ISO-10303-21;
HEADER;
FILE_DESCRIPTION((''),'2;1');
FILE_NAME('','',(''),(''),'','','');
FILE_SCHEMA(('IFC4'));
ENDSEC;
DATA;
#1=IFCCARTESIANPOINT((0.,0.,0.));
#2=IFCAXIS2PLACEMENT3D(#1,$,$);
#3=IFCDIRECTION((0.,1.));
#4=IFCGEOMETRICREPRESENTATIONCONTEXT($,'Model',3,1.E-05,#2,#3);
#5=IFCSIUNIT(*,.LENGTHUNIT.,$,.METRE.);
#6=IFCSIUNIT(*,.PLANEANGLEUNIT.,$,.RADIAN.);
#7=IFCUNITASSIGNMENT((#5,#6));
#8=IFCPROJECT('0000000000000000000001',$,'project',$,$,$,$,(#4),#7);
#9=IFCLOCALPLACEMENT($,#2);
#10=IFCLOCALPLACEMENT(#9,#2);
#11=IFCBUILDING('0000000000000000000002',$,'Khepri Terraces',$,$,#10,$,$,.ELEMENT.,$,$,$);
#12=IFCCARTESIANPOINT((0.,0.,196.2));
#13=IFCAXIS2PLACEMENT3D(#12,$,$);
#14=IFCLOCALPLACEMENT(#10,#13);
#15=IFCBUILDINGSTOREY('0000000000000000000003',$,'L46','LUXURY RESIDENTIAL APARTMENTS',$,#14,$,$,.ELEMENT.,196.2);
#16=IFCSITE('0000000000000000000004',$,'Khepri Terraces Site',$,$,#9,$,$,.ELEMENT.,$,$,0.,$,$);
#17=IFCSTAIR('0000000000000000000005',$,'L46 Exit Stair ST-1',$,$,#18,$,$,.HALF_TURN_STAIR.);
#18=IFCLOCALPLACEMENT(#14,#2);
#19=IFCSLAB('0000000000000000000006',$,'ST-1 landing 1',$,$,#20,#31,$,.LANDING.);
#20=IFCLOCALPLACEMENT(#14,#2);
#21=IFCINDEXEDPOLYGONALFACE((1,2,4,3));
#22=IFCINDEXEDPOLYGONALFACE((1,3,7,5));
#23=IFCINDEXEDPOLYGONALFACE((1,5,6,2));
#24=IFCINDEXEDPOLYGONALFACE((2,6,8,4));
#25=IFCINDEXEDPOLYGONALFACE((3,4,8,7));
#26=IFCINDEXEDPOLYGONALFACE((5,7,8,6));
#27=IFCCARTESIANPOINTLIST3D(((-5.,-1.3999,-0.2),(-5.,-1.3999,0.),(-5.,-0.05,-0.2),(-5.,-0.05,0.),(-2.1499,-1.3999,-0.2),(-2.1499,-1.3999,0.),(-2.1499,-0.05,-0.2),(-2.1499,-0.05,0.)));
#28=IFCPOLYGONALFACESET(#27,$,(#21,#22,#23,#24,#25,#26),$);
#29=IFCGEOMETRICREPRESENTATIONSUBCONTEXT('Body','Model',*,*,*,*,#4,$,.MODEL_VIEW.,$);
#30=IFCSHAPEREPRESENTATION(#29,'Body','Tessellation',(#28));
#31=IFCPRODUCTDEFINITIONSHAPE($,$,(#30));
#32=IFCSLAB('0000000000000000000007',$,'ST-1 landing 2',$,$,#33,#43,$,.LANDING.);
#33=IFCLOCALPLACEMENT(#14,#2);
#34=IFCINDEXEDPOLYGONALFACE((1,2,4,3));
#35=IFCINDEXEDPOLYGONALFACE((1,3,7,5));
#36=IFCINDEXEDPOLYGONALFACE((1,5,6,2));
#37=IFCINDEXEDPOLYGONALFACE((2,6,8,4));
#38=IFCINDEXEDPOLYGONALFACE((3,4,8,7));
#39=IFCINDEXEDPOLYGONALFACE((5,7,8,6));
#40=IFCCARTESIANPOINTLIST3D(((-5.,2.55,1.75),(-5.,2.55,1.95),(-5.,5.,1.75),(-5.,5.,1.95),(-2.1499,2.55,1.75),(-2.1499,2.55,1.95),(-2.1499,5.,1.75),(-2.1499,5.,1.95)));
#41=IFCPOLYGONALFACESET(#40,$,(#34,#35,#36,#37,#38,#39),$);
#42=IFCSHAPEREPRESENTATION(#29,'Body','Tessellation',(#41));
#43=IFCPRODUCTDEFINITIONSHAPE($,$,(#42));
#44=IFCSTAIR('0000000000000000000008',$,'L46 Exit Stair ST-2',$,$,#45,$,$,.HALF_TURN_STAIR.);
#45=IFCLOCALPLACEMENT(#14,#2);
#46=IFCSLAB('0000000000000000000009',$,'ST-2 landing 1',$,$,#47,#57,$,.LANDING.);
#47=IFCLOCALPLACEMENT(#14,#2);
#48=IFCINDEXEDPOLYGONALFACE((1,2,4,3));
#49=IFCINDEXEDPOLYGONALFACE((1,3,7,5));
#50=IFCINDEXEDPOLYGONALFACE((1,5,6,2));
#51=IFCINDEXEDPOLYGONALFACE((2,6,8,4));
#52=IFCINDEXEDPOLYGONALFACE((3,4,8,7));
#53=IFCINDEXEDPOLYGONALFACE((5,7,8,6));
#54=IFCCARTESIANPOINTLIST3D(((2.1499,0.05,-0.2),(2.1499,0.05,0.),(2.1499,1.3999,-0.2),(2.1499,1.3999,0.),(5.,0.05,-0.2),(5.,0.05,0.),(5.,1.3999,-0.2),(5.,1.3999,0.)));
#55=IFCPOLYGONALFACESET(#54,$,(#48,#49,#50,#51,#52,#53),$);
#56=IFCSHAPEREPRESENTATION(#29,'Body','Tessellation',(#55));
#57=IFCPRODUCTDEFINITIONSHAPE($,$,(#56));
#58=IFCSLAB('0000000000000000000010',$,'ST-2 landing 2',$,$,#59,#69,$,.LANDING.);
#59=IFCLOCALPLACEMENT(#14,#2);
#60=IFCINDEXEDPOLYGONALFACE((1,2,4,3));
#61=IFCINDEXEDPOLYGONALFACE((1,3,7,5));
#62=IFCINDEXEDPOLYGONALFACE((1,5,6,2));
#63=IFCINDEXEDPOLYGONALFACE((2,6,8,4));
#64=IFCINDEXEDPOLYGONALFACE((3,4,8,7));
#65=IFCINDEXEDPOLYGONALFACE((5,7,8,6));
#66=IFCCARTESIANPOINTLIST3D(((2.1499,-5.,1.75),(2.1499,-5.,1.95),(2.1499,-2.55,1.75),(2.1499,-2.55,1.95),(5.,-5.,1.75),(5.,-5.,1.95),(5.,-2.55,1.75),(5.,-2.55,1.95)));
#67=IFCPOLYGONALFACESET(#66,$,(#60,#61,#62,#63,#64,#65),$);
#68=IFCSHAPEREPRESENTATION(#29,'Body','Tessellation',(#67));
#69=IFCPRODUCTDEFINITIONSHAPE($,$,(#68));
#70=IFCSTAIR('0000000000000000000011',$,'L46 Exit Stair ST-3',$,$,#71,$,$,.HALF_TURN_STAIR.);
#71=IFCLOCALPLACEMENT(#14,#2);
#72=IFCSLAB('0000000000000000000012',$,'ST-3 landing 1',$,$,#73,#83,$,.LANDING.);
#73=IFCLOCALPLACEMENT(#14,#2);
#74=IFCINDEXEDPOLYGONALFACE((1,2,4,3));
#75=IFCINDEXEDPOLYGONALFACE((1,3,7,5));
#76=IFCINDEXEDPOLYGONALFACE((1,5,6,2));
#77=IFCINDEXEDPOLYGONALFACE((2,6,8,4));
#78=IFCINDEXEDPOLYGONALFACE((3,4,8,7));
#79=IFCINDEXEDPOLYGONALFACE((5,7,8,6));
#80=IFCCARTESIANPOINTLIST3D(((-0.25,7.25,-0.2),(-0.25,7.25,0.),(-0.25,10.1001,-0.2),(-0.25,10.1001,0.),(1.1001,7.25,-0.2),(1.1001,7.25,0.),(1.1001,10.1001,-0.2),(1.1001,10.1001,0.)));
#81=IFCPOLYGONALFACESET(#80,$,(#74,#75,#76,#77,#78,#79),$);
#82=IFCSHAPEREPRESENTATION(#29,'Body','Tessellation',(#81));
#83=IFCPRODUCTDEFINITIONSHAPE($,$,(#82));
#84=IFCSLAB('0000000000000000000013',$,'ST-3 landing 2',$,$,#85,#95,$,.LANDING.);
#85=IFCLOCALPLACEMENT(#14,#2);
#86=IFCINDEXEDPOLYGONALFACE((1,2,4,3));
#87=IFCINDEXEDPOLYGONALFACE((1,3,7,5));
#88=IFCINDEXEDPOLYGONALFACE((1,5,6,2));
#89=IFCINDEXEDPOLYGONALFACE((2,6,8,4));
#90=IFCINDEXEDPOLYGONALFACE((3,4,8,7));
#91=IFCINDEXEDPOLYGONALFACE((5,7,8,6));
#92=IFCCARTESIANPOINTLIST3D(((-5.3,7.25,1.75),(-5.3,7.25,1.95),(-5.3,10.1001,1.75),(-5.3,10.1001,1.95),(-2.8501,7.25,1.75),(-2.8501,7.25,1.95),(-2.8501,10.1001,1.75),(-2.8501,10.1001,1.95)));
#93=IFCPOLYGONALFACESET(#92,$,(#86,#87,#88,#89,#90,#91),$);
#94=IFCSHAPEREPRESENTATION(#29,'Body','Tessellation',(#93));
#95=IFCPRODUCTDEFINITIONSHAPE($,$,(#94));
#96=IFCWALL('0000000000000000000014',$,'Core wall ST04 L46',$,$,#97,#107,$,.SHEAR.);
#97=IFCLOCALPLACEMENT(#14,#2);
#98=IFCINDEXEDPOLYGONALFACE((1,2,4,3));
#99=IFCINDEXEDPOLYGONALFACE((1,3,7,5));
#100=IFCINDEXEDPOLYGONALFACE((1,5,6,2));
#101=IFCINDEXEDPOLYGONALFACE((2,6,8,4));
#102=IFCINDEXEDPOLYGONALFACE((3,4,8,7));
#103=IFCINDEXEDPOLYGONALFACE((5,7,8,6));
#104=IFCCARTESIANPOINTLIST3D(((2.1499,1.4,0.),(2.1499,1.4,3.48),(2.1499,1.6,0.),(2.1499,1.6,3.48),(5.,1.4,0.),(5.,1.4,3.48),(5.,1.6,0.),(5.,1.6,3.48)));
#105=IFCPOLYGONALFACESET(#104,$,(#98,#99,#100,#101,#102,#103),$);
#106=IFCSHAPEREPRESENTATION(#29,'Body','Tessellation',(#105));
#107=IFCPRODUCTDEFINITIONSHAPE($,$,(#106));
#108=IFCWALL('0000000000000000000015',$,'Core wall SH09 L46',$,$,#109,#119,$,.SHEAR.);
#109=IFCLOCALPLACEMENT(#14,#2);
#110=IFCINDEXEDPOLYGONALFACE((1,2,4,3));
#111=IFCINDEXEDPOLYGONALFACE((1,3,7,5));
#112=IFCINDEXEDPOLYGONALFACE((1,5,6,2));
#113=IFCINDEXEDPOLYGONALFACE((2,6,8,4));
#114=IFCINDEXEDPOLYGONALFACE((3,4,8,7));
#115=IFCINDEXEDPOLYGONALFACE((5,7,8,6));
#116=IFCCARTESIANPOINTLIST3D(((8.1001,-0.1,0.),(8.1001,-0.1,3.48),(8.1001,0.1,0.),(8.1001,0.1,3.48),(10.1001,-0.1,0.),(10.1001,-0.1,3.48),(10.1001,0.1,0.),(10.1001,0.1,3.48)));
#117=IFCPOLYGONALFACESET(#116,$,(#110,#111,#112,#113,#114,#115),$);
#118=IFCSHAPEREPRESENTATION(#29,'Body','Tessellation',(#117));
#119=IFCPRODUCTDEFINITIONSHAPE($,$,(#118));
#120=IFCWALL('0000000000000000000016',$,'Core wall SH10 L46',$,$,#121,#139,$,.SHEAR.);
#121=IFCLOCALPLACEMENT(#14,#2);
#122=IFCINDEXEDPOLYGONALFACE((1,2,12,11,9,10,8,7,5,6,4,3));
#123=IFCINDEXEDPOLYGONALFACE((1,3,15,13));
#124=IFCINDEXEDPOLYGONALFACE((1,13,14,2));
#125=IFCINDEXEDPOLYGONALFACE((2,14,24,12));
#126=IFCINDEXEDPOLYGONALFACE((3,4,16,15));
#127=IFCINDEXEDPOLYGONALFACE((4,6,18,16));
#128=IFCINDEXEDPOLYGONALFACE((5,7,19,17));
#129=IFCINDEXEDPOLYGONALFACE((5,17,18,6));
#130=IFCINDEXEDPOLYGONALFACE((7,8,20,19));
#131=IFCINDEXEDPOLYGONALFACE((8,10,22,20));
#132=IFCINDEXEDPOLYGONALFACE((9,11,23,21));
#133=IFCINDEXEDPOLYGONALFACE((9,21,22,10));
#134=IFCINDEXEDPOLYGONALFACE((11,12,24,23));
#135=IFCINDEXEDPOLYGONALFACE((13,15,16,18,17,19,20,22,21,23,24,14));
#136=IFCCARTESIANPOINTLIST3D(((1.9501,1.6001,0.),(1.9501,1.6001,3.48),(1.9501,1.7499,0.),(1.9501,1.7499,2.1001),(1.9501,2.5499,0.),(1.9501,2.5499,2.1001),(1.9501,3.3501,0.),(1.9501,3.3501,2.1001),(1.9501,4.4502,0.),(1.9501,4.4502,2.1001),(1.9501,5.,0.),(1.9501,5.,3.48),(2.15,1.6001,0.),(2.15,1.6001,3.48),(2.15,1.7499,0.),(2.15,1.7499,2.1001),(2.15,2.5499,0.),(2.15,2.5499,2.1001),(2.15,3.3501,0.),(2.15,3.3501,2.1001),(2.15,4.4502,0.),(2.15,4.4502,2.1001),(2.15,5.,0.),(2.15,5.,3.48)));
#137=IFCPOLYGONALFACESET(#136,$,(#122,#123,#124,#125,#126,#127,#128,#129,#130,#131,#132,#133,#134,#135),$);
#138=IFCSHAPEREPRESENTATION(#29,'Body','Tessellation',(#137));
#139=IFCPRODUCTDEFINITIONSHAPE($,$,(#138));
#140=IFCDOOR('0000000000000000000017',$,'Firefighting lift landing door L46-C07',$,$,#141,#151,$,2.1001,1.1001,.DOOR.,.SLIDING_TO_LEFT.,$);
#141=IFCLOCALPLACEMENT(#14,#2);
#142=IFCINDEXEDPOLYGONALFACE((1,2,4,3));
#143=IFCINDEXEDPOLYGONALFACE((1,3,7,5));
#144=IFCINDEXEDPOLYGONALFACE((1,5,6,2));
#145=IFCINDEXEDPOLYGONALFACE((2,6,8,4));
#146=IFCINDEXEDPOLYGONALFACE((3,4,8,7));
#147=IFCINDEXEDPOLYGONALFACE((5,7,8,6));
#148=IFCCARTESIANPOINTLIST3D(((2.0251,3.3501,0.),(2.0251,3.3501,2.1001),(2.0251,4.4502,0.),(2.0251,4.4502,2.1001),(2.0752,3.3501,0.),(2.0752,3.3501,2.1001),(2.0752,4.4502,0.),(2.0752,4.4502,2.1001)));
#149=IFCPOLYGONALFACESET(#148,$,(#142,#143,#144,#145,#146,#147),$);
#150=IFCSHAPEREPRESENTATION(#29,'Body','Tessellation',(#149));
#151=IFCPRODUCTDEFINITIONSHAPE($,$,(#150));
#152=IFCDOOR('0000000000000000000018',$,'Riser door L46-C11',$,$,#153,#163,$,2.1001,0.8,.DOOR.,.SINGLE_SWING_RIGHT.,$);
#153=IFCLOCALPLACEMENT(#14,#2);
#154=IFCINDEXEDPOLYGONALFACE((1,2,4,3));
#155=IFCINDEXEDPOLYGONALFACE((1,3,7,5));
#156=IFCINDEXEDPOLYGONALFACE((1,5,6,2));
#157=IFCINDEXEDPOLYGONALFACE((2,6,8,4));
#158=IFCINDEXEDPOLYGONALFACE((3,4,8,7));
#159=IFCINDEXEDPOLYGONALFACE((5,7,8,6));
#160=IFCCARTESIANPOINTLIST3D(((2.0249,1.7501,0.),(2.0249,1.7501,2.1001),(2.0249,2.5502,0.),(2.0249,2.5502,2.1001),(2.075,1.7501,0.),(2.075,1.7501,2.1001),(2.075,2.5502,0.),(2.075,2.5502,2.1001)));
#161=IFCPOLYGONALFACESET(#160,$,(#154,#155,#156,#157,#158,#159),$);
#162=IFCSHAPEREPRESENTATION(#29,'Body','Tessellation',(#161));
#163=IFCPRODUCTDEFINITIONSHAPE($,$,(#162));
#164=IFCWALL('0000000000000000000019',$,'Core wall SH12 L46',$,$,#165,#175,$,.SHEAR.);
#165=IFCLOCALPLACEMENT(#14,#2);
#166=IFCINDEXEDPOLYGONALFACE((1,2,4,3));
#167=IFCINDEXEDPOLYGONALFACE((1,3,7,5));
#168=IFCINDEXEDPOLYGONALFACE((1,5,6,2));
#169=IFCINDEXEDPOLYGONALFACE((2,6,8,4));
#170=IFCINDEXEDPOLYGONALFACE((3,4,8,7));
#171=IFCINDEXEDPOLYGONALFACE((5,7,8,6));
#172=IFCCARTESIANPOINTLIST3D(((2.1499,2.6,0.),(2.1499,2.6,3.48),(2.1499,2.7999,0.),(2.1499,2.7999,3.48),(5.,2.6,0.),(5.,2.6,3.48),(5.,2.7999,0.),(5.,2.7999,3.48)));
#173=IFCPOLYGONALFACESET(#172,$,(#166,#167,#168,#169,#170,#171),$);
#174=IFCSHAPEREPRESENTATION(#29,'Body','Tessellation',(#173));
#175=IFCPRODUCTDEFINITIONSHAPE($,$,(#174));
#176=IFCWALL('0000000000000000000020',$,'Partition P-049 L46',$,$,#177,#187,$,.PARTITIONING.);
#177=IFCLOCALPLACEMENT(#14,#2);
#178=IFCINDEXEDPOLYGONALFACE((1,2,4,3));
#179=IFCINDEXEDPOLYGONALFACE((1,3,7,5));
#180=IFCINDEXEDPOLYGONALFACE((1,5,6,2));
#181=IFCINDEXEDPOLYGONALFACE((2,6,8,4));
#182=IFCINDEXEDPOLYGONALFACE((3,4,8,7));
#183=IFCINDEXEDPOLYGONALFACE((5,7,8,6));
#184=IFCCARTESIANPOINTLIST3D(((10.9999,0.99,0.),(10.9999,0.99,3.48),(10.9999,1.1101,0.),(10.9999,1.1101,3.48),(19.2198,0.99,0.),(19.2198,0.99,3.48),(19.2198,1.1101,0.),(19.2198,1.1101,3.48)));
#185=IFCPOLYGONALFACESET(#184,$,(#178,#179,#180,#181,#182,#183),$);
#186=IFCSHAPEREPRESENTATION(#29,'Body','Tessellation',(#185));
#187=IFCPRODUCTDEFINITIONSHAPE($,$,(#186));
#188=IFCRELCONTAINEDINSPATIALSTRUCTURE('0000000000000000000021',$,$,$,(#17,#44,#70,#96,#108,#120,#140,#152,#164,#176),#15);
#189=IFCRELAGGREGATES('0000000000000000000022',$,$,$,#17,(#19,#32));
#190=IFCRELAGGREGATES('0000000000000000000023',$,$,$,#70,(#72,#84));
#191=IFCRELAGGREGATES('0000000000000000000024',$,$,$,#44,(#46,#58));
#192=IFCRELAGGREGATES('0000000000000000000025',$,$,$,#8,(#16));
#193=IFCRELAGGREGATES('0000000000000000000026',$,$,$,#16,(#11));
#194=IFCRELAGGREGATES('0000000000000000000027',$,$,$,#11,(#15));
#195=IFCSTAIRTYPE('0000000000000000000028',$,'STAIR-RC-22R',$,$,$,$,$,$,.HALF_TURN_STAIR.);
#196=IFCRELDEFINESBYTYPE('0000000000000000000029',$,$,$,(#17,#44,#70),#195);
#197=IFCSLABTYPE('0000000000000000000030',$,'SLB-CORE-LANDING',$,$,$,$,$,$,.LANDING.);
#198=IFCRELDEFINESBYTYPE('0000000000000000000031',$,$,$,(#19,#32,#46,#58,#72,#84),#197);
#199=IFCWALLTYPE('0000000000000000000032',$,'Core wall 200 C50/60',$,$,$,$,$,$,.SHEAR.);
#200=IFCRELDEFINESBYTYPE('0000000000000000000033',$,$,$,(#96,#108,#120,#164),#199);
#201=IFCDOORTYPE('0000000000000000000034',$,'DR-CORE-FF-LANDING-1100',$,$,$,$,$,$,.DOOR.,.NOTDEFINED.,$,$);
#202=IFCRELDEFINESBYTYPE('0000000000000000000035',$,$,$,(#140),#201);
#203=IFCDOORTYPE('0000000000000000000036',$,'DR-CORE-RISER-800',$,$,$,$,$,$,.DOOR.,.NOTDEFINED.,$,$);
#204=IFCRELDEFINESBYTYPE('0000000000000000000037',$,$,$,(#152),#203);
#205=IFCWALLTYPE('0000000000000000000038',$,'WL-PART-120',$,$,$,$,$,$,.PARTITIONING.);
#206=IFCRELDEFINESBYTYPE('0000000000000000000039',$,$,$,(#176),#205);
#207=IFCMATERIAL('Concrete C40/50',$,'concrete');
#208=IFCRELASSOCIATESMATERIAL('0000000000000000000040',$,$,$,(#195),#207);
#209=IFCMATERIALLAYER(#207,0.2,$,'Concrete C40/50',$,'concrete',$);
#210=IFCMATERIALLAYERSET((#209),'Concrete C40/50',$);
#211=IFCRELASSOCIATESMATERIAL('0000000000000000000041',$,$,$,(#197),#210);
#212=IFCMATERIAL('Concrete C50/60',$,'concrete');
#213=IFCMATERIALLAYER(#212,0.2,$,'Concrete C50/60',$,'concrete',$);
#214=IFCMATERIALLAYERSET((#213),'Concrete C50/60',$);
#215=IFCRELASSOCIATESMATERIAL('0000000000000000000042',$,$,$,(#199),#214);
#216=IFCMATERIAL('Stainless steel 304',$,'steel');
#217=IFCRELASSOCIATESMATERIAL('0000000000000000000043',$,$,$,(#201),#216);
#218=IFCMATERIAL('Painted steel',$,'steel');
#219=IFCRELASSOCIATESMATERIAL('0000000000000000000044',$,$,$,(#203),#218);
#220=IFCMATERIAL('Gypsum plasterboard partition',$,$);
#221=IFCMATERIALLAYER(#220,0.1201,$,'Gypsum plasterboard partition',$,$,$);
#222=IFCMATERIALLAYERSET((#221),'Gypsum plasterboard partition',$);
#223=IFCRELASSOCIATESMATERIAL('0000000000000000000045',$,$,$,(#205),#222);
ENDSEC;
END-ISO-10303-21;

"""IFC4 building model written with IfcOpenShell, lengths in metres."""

from ifc_helpers import new_model, si_unit, direction, frame, frame_2d, origin, place, context, subcontext, project, spatial, polyline, rectangle, outline, extrude, material, layer, layer_set, type_object, element, fill, aggregate, save


model = new_model("IFC4")

# Units and contexts
model_context = context("Model", 3, precision=1e-05, world=origin(), true_north=direction((0.0, 1.0)))
body_context = subcontext(model_context, "Body", "Model", "MODEL_VIEW")
ifc_project = project(units=[si_unit("LENGTHUNIT", "METRE"), si_unit("PLANEANGLEUNIT", "RADIAN")], contexts=[model_context])

# Site, building, storey
site_placement = place(None, origin())
site = spatial("IfcSite", under=ifc_project, at=site_placement, Name="Khepri Terraces Site", CompositionType="ELEMENT", RefElevation=0.0)
building_placement = place(site_placement, origin())
building = spatial("IfcBuilding", under=site, at=building_placement, Name="Khepri Terraces", CompositionType="ELEMENT")
storey_placement = place(building_placement, frame((0.0, 0.0, 196.2)))
storey = spatial("IfcBuildingStorey", under=building, at=storey_placement, Name="L46", Description="LUXURY RESIDENTIAL APARTMENTS", CompositionType="ELEMENT", Elevation=196.2)

# Stairs, slabs
ifc_material_1 = material(Name="Concrete C40/50", Category="concrete")
stair_type = type_object("IfcStairType", Name="STAIR-RC-22R", PredefinedType="HALF_TURN_STAIR", material=ifc_material_1)
stair_1_placement = place(storey_placement, origin())
stair_1 = element("IfcStair", 1, at=stair_1_placement, inside=storey, type_object=stair_type, Name="L46 Exit Stair ST-1", PredefinedType="HALF_TURN_STAIR")
ifc_layer_1 = layer(ifc_material_1, 0.2, Name="Concrete C40/50", Category="concrete")
ifc_layer_set_1 = layer_set([ifc_layer_1], Name="Concrete C40/50")
slab_type = type_object("IfcSlabType", Name="SLB-CORE-LANDING", PredefinedType="LANDING", material=ifc_layer_set_1)
slab_1_placement = place(storey_placement, frame((0.0, 0.0, -0.2)))
slab_1 = element("IfcSlab", 2, at=slab_1_placement, type_object=slab_type, Name="ST-1 landing 1", PredefinedType="LANDING", context=body_context, shape_type="SweptSolid", body=[
    extrude(outline(polyline([(-2.1499, -1.3999), (-2.1499, -0.05), (-5.0, -0.05), (-5.0, -1.3999), (-2.1499, -1.3999)])), origin(), (0.0, 0.0, 1.0), 0.2),
])
slab_2_placement = place(storey_placement, frame((0.0, 0.0, 1.75)))
slab_2 = element("IfcSlab", 3, at=slab_2_placement, type_object=slab_type, Name="ST-1 landing 2", PredefinedType="LANDING", context=body_context, shape_type="SweptSolid", body=[
    extrude(outline(polyline([(-2.1499, 2.55), (-2.1499, 5.0), (-5.0, 5.0), (-5.0, 2.55), (-2.1499, 2.55)])), origin(), (0.0, 0.0, 1.0), 0.2),
])
aggregate(stair_1, [slab_1, slab_2])
stair_2_placement = place(storey_placement, origin())
stair_2 = element("IfcStair", 4, at=stair_2_placement, inside=storey, type_object=stair_type, Name="L46 Exit Stair ST-2", PredefinedType="HALF_TURN_STAIR")
slab_3_placement = place(storey_placement, frame((0.0, 0.0, -0.2)))
slab_3 = element("IfcSlab", 5, at=slab_3_placement, type_object=slab_type, Name="ST-2 landing 1", PredefinedType="LANDING", context=body_context, shape_type="SweptSolid", body=[
    extrude(outline(polyline([(2.1499, 1.3999), (2.1499, 0.05), (5.0, 0.05), (5.0, 1.3999), (2.1499, 1.3999)])), origin(), (0.0, 0.0, 1.0), 0.2),
])
slab_4_placement = place(storey_placement, frame((0.0, 0.0, 1.75)))
slab_4 = element("IfcSlab", 6, at=slab_4_placement, type_object=slab_type, Name="ST-2 landing 2", PredefinedType="LANDING", context=body_context, shape_type="SweptSolid", body=[
    extrude(outline(polyline([(2.1499, -2.55), (2.1499, -5.0), (5.0, -5.0), (5.0, -2.55), (2.1499, -2.55)])), origin(), (0.0, 0.0, 1.0), 0.2),
])
stair_3_placement = place(storey_placement, origin())
stair_3 = element("IfcStair", 7, at=stair_3_placement, inside=storey, type_object=stair_type, Name="L46 Exit Stair ST-3", PredefinedType="HALF_TURN_STAIR")
slab_5_placement = place(storey_placement, frame((0.0, 0.0, -0.2)))
slab_5 = element("IfcSlab", 8, at=slab_5_placement, type_object=slab_type, Name="ST-3 landing 1", PredefinedType="LANDING", context=body_context, shape_type="SweptSolid", body=[
    extrude(outline(polyline([(1.1001, 10.1001), (-0.25, 10.1001), (-0.25, 7.25), (1.1001, 7.25), (1.1001, 10.1001)])), origin(), (0.0, 0.0, 1.0), 0.2),
])
slab_6_placement = place(storey_placement, frame((0.0, 0.0, 1.75)))
slab_6 = element("IfcSlab", 9, at=slab_6_placement, type_object=slab_type, Name="ST-3 landing 2", PredefinedType="LANDING", context=body_context, shape_type="SweptSolid", body=[
    extrude(outline(polyline([(-2.8501, 10.1001), (-5.3, 10.1001), (-5.3, 7.25), (-2.8501, 7.25), (-2.8501, 10.1001)])), origin(), (0.0, 0.0, 1.0), 0.2),
])
aggregate(stair_3, [slab_5, slab_6])

# Walls
ifc_material_2 = material(Name="Concrete C50/60", Category="concrete")
ifc_layer_2 = layer(ifc_material_2, 0.2, Name="Concrete C50/60", Category="concrete")
ifc_layer_set_2 = layer_set([ifc_layer_2], Name="Concrete C50/60")
wall_type_1 = type_object("IfcWallType", Name="Core wall 200 C50/60", PredefinedType="SHEAR", material=ifc_layer_set_2)
wall_1_placement = place(storey_placement, frame((2.1499, 1.5, 0.0), z_axis=(0.0, 0.0, 1.0), x_axis=(1.0, 0.0, 0.0)))
element("IfcWall", 10, at=wall_1_placement, inside=storey, type_object=wall_type_1, Name="Core wall ST04 L46", PredefinedType="SHEAR", context=body_context, shape_type="SweptSolid", body=[
    extrude(rectangle(XDim=2.8501, YDim=0.2, at=frame_2d((1.425, 0.0))), origin(), (0.0, 0.0, 1.0), 3.48),
])
wall_2_placement = place(storey_placement, frame((8.1001, 0.0, 0.0), z_axis=(0.0, 0.0, 1.0), x_axis=(1.0, 0.0, 0.0)))
element("IfcWall", 11, at=wall_2_placement, inside=storey, type_object=wall_type_1, Name="Core wall SH09 L46", PredefinedType="SHEAR", context=body_context, shape_type="SweptSolid", body=[
    extrude(rectangle(XDim=2.0, YDim=0.2, at=frame_2d((1.0, 0.0))), origin(), (0.0, 0.0, 1.0), 3.48),
])

# Wall, openings, doors
wall_3_placement = place(storey_placement, frame((2.05, 1.6001, 0.0), z_axis=(0.0, 0.0, 1.0), x_axis=(0.0, 1.0, 0.0)))
wall_3 = element("IfcWall", 12, at=wall_3_placement, inside=storey, type_object=wall_type_1, Name="Core wall SH10 L46", PredefinedType="SHEAR", context=body_context, shape_type="SweptSolid", body=[
    extrude(rectangle(XDim=3.3999, YDim=0.2, at=frame_2d((1.7, 0.0))), origin(), (0.0, 0.0, 1.0), 3.48),
])
opening_1_placement = place(wall_3_placement, frame((1.75, 0.0, 0.0)))
opening_1 = element("IfcOpeningElement", 13, at=opening_1_placement, cuts=wall_3, PredefinedType="OPENING", context=body_context, shape_type="SweptSolid", body=[
    extrude(rectangle(XDim=1.1001, YDim=2.1001, at=frame_2d((0.55, 1.05))), frame((0.0, 0.1099, 0.0), z_axis=(0.0, -1.0, 0.0), x_axis=(1.0, 0.0, 0.0)), (0.0, 0.0, 1.0), 0.22),
])
opening_2_placement = place(wall_3_placement, frame((0.1499, 0.0, 0.0)))
opening_2 = element("IfcOpeningElement", 14, at=opening_2_placement, cuts=wall_3, PredefinedType="OPENING", context=body_context, shape_type="SweptSolid", body=[
    extrude(rectangle(XDim=0.8, YDim=2.1001, at=frame_2d((0.3999, 1.05))), frame((0.0, 0.1099, 0.0), z_axis=(0.0, -1.0, 0.0), x_axis=(1.0, 0.0, 0.0)), (0.0, 0.0, 1.0), 0.22),
])
ifc_material_3 = material(Name="Stainless steel 304", Category="steel")
door_type_1 = type_object("IfcDoorType", Name="DR-CORE-FF-LANDING-1100", OperationType="NOTDEFINED", PredefinedType="DOOR", material=ifc_material_3)
door_1_placement = place(opening_1_placement, origin())
door_1 = element("IfcDoor", 15, at=door_1_placement, inside=storey, type_object=door_type_1, Name="Firefighting lift landing door L46-C07", OperationType="SLIDING_TO_LEFT", OverallHeight=2.1001, OverallWidth=1.1001, PredefinedType="DOOR", context=body_context, shape_type="SweptSolid", body=[
    extrude(rectangle(XDim=1.1001, YDim=2.1001, at=frame_2d((0.55, 1.05))), frame((0.0, 0.0249, 0.0), z_axis=(0.0, -1.0, 0.0), x_axis=(1.0, 0.0, 0.0)), (0.0, 0.0, 1.0), 0.05),
])
fill(opening_1, door_1)
ifc_material_4 = material(Name="Painted steel", Category="steel")
door_type_2 = type_object("IfcDoorType", Name="DR-CORE-RISER-800", OperationType="NOTDEFINED", PredefinedType="DOOR", material=ifc_material_4)
door_2_placement = place(opening_2_placement, frame((0.8, 0.0, 0.0), z_axis=(0.0, 0.0, 1.0), x_axis=(-1.0, 0.0, 0.0)))
door_2 = element("IfcDoor", 16, at=door_2_placement, inside=storey, type_object=door_type_2, Name="Riser door L46-C11", OperationType="SINGLE_SWING_RIGHT", OverallHeight=2.1001, OverallWidth=0.8, PredefinedType="DOOR", context=body_context, shape_type="SweptSolid", body=[
    extrude(rectangle(XDim=0.8, YDim=2.1001, at=frame_2d((0.3999, 1.05))), frame((0.0, 0.0249, 0.0), z_axis=(0.0, -1.0, 0.0), x_axis=(1.0, 0.0, 0.0)), (0.0, 0.0, 1.0), 0.05),
])
fill(opening_2, door_2)

# Walls
wall_4_placement = place(storey_placement, frame((2.1499, 2.7, 0.0), z_axis=(0.0, 0.0, 1.0), x_axis=(1.0, 0.0, 0.0)))
element("IfcWall", 17, at=wall_4_placement, inside=storey, type_object=wall_type_1, Name="Core wall SH12 L46", PredefinedType="SHEAR", context=body_context, shape_type="SweptSolid", body=[
    extrude(rectangle(XDim=2.8501, YDim=0.2, at=frame_2d((1.425, 0.0))), origin(), (0.0, 0.0, 1.0), 3.48),
])
ifc_material_5 = material(Name="Gypsum plasterboard partition")
ifc_layer_3 = layer(ifc_material_5, 0.1201, Name="Gypsum plasterboard partition")
ifc_layer_set_3 = layer_set([ifc_layer_3], Name="Gypsum plasterboard partition")
wall_type_2 = type_object("IfcWallType", Name="WL-PART-120", PredefinedType="PARTITIONING", material=ifc_layer_set_3)
wall_5_placement = place(storey_placement, frame((11.0, 1.05, 0.0), z_axis=(0.0, 0.0, 1.0), x_axis=(1.0, 0.0, 0.0)))
element("IfcWall", 18, at=wall_5_placement, inside=storey, type_object=wall_type_2, Name="Partition P-049 L46", PredefinedType="PARTITIONING", context=body_context, shape_type="SweptSolid", body=[
    extrude(rectangle(XDim=8.22, YDim=0.1201, at=frame_2d((4.1099, 0.0))), origin(), (0.0, 0.0, 1.0), 3.48),
])

aggregate(stair_2, [slab_3, slab_4])

save(model, "model.ifc")
